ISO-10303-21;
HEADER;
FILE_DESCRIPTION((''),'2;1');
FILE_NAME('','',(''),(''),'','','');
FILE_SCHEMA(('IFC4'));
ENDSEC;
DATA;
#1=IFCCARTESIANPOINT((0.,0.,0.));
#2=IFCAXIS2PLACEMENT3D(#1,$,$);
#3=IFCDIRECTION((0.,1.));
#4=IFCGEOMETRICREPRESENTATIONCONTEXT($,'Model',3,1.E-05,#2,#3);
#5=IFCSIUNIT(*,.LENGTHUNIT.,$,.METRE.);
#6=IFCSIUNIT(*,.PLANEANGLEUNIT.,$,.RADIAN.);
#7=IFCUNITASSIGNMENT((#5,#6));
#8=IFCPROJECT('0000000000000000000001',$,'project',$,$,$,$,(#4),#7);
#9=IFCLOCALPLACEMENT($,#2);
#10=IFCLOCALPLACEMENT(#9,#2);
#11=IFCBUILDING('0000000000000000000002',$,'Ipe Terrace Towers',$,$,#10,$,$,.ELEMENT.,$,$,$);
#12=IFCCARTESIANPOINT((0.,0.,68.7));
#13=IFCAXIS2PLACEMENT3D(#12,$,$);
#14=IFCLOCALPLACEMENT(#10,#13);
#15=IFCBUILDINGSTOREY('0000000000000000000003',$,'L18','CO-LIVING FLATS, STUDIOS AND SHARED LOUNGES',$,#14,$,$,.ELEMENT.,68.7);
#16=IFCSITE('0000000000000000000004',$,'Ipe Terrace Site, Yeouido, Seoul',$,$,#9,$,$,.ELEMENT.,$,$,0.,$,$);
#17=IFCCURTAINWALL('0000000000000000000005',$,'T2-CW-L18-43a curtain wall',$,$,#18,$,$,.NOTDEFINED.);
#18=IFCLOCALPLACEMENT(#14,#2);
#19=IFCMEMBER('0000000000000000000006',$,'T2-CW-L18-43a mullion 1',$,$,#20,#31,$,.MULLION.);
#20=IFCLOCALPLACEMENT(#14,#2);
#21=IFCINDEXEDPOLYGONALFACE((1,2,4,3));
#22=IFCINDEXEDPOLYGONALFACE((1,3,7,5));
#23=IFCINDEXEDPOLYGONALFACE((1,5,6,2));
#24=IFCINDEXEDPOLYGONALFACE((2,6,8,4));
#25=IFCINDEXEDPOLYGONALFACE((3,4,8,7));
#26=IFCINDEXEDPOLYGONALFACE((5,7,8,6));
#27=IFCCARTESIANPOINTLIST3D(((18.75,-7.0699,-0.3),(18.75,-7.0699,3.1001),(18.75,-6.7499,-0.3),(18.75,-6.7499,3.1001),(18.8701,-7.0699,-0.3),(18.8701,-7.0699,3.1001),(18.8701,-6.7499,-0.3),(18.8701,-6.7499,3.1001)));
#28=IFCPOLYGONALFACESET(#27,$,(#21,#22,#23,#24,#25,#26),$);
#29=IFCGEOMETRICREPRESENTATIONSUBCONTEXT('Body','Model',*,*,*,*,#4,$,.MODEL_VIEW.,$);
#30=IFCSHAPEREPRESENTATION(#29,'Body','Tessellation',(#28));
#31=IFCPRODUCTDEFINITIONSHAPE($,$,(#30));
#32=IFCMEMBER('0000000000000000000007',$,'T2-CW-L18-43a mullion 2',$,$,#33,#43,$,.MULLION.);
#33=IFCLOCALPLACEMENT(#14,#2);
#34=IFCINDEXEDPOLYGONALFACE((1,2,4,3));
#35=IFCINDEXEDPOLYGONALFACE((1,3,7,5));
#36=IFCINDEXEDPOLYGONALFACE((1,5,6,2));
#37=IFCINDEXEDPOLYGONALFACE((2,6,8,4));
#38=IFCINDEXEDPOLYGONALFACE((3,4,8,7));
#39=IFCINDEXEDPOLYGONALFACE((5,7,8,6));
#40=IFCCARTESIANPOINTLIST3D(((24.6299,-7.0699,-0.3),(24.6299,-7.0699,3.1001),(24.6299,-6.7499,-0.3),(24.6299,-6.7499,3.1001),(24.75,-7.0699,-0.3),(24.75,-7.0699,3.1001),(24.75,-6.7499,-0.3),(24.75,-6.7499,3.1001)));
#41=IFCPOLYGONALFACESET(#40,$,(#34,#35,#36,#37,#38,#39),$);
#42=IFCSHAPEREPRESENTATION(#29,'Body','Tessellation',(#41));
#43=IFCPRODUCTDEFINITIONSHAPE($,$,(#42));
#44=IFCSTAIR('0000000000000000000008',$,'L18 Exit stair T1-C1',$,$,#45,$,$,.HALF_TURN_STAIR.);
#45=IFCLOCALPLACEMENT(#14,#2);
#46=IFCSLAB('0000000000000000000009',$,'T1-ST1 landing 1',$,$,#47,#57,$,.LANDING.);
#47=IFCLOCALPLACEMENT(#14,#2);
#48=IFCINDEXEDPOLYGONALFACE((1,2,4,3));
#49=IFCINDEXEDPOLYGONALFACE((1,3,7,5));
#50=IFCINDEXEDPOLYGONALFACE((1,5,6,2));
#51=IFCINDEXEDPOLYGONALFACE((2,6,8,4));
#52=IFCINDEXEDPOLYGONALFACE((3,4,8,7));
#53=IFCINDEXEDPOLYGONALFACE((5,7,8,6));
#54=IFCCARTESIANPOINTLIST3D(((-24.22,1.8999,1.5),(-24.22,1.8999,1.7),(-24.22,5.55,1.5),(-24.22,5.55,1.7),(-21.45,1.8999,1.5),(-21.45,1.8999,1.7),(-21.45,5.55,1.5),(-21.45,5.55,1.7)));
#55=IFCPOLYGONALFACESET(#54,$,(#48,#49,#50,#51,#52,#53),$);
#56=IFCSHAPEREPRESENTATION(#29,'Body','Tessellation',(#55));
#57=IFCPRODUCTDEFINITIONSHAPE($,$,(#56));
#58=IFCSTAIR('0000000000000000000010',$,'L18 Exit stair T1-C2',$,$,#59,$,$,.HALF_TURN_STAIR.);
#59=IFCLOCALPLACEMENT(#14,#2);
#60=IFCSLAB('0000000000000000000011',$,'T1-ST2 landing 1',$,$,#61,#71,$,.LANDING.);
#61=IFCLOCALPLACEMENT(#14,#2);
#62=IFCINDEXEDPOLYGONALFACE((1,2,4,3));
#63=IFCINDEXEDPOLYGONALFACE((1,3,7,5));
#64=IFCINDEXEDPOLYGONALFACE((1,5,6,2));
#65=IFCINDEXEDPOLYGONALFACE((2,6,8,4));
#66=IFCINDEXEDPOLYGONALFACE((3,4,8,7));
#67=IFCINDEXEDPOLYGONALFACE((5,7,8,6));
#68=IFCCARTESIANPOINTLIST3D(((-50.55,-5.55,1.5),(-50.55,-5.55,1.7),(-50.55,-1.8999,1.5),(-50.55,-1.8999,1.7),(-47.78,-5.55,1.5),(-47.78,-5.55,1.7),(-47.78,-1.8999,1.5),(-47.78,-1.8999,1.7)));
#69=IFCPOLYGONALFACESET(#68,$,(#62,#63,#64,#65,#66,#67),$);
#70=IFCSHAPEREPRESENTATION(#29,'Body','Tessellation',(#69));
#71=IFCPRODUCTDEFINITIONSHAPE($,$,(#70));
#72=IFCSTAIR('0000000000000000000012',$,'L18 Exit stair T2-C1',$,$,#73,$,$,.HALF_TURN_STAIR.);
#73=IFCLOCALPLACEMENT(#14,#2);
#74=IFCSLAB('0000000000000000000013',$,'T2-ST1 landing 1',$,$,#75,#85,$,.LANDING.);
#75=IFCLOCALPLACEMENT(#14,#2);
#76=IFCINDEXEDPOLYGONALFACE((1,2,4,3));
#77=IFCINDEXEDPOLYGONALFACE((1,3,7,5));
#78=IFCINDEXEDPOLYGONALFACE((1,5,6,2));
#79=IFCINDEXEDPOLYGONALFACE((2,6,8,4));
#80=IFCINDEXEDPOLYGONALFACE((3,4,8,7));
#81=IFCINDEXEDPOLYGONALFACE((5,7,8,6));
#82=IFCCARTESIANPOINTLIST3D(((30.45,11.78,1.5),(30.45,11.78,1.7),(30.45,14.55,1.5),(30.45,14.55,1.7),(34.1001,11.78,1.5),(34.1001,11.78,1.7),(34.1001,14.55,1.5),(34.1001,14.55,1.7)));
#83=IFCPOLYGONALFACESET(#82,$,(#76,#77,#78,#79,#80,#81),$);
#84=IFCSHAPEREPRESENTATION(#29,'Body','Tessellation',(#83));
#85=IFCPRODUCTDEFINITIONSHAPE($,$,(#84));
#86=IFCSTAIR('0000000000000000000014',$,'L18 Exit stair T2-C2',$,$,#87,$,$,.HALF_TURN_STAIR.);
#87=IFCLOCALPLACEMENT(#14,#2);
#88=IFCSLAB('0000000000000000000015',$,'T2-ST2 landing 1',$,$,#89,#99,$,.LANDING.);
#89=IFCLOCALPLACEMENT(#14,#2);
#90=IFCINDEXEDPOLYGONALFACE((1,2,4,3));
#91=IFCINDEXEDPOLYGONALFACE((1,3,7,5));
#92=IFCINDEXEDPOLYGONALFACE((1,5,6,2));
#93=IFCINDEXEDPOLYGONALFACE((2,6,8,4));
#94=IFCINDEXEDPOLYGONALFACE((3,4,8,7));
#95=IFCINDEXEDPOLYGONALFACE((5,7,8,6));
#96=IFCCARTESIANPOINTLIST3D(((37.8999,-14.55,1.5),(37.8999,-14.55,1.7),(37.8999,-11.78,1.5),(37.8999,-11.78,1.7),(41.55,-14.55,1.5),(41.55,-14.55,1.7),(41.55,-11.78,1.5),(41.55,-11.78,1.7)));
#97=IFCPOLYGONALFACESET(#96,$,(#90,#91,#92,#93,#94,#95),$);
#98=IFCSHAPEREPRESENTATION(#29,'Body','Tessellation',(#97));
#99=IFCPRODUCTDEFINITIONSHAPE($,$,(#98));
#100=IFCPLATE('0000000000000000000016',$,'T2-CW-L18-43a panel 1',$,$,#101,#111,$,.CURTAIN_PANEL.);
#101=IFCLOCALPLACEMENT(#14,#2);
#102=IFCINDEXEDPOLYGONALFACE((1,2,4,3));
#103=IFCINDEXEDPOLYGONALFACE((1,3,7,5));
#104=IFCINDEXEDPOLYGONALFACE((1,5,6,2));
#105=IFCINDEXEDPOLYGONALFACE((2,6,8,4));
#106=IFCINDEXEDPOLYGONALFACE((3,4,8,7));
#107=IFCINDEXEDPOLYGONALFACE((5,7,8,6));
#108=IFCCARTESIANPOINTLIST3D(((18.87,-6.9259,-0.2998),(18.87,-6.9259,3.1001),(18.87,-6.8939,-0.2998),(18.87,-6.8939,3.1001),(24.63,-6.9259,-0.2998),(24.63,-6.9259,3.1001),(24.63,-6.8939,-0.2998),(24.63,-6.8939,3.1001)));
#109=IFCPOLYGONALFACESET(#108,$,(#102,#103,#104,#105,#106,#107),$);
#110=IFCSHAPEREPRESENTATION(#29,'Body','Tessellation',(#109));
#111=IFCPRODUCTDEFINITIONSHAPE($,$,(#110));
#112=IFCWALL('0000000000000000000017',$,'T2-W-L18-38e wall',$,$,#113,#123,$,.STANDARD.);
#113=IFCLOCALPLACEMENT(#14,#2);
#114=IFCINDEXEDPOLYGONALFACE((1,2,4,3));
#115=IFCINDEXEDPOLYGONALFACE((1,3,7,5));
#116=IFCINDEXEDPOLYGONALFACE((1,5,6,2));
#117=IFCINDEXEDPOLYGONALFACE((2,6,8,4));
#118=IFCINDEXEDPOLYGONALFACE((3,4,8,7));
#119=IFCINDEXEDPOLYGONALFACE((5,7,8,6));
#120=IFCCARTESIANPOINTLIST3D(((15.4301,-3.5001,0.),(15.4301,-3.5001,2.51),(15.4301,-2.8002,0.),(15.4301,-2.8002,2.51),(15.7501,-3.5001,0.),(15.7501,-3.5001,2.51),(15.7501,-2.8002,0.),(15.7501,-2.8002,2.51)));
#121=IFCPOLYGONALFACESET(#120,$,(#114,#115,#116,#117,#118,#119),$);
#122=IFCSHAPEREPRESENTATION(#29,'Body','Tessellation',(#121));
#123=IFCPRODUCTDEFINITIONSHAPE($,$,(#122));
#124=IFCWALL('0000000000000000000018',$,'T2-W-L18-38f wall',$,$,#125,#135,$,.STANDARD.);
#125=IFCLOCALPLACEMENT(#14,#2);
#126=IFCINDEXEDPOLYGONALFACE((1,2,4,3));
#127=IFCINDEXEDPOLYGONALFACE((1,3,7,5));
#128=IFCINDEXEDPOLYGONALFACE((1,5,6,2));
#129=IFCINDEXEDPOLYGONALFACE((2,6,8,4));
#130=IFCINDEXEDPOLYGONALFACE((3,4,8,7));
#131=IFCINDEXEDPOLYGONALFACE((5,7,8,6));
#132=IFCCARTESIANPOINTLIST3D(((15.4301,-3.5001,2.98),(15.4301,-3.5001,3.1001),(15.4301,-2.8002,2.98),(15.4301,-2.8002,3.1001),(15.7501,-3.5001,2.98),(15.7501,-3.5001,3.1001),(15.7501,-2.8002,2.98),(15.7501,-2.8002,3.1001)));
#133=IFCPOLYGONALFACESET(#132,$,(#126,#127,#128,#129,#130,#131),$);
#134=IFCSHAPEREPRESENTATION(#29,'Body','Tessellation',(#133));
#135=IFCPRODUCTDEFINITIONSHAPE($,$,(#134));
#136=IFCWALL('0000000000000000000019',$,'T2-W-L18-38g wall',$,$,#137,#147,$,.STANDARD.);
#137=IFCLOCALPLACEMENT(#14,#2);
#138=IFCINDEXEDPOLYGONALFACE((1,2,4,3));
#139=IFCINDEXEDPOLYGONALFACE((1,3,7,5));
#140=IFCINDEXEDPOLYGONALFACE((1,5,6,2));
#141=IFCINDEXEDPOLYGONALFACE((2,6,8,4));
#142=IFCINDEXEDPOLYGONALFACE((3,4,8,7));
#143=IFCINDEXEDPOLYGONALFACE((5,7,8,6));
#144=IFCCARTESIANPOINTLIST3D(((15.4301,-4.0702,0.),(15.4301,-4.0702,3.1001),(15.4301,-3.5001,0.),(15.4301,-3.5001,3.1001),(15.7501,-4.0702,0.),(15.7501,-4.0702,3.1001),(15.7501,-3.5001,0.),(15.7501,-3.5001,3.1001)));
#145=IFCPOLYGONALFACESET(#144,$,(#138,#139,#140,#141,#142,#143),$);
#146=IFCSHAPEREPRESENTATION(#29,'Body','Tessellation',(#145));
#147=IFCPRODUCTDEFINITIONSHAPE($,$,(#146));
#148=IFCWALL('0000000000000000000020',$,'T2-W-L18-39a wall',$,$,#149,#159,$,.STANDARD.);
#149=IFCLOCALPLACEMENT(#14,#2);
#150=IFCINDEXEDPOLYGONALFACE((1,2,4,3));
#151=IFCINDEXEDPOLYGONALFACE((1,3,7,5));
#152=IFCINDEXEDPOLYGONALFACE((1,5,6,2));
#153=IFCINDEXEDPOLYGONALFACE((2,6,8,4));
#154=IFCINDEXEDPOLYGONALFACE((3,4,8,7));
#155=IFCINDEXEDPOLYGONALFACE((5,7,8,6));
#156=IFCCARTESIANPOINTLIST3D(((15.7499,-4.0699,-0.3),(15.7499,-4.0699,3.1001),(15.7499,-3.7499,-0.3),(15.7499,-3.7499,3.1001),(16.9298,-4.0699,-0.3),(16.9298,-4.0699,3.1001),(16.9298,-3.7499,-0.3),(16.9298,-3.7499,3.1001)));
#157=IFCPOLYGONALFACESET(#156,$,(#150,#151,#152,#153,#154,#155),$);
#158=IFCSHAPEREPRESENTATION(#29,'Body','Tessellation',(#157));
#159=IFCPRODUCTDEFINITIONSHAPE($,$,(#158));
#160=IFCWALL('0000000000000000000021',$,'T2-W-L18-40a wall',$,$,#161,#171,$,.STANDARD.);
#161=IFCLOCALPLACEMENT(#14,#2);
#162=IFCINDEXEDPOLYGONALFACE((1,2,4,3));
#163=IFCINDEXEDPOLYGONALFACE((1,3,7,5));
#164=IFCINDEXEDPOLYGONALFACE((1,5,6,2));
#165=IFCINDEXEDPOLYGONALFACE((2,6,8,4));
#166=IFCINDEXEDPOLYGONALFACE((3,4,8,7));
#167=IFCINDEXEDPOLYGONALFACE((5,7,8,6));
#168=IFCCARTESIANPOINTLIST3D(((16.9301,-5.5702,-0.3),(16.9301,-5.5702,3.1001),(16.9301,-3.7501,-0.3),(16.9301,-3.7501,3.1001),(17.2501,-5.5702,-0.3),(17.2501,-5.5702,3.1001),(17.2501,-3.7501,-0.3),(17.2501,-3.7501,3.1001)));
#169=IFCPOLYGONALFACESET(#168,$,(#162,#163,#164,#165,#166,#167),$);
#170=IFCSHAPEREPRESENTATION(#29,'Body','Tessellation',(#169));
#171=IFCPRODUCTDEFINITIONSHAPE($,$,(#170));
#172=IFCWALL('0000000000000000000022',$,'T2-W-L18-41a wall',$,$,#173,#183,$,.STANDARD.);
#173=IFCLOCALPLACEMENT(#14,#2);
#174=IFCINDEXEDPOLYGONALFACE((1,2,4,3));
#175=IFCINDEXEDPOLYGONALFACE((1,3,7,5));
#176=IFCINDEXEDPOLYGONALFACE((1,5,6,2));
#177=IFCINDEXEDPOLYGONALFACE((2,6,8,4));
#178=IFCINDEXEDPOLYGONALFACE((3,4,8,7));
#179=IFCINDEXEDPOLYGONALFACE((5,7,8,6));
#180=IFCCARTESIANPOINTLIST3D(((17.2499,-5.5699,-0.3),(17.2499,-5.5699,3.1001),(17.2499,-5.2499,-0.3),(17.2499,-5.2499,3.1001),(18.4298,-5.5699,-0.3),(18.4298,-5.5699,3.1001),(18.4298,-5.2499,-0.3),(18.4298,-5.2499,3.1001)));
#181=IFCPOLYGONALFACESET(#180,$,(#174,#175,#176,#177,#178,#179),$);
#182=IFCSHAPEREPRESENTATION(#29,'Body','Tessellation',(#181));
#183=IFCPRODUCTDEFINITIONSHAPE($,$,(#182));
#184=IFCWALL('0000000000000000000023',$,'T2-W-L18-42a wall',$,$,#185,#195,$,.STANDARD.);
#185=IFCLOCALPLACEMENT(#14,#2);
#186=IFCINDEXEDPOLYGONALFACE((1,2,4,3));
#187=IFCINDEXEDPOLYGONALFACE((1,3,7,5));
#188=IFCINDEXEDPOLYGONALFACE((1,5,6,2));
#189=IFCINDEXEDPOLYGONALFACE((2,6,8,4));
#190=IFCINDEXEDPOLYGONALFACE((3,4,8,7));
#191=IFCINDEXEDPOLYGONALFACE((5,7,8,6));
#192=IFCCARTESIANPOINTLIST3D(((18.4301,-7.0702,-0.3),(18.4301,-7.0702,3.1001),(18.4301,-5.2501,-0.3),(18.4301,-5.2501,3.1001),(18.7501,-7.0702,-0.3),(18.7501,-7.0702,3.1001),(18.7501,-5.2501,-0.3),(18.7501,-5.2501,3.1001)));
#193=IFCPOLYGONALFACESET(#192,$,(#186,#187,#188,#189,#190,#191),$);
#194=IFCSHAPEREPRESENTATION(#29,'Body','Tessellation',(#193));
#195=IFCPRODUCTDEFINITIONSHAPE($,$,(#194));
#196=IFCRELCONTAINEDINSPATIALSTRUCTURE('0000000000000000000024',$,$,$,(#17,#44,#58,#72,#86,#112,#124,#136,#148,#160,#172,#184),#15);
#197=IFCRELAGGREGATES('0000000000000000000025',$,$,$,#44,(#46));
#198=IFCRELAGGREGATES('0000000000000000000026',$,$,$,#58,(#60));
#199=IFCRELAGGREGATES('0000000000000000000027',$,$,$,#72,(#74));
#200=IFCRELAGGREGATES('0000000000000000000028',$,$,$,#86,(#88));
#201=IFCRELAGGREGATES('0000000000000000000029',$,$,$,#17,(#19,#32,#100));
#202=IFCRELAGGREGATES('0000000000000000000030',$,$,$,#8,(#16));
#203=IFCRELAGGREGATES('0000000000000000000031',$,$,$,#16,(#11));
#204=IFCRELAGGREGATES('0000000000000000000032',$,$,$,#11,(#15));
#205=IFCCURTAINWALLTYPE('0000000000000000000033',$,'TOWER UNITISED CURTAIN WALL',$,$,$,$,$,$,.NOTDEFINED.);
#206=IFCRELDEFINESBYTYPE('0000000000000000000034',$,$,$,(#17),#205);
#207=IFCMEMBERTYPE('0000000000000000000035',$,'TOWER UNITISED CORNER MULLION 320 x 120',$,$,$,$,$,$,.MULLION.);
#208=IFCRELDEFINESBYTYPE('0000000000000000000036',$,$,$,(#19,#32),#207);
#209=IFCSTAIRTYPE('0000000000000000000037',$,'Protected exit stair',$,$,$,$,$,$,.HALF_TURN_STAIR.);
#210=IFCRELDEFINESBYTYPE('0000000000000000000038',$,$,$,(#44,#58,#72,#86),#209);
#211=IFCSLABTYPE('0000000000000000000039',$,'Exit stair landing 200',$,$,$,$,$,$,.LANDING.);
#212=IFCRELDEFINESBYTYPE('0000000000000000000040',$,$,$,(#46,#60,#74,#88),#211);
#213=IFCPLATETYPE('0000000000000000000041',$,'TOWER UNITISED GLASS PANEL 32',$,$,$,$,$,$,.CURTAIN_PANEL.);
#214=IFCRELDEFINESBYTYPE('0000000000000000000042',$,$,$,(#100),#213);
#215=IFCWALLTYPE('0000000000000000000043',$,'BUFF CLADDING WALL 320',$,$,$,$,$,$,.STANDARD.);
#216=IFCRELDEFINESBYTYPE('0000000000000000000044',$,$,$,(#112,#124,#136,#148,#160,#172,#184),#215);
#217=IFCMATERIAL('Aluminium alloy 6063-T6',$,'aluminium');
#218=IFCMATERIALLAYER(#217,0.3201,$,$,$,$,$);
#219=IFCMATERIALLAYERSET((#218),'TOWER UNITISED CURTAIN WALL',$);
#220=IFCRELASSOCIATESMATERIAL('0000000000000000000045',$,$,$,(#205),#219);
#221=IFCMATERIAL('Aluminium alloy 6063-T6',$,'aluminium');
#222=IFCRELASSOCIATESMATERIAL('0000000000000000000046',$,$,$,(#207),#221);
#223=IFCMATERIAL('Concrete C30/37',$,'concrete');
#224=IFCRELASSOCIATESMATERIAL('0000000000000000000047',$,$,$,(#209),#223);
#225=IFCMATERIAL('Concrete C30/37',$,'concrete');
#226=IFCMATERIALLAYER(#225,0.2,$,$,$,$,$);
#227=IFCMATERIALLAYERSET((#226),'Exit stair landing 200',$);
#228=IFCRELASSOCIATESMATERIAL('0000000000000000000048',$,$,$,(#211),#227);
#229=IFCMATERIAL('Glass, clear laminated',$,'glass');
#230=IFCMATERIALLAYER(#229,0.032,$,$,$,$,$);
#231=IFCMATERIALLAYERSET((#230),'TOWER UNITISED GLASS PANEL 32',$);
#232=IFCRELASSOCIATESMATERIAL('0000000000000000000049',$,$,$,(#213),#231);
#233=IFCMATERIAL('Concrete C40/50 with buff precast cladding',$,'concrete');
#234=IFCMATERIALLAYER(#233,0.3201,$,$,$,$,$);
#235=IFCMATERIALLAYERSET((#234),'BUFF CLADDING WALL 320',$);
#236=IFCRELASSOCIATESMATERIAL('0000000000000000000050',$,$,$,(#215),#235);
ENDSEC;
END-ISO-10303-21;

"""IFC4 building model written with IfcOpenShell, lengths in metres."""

from ifc_helpers import new_model, si_unit, direction, frame, frame_2d, origin, origin_2d, place, context, subcontext, project, spatial, polyline, rectangle, outline, extrude, material, layer, layer_set, material_profile, profile_set, type_object, element, aggregate, save


model = new_model("IFC4")

# Units and contexts
model_context = context("Model", 3, precision=1e-05, world=origin(), true_north=direction((0.0, 1.0)))
body_context = subcontext(model_context, "Body", "Model", "MODEL_VIEW")
ifc_project = project(units=[si_unit("LENGTHUNIT", "METRE"), si_unit("PLANEANGLEUNIT", "RADIAN")], contexts=[model_context])

# Site, building, storey
site_placement = place(None, origin())
site = spatial("IfcSite", under=ifc_project, at=site_placement, Name="Ipe Terrace Site, Yeouido, Seoul", CompositionType="ELEMENT", RefElevation=0.0)
building_placement = place(site_placement, origin())
building = spatial("IfcBuilding", under=site, at=building_placement, Name="Ipe Terrace Towers", CompositionType="ELEMENT")
storey_placement = place(building_placement, frame((0.0, 0.0, 68.7)))
storey = spatial("IfcBuildingStorey", under=building, at=storey_placement, Name="L18", Description="CO-LIVING FLATS, STUDIOS AND SHARED LOUNGES", CompositionType="ELEMENT", Elevation=68.7)

# Shared definitions
ifc_material_1 = material(Name="Aluminium alloy 6063-T6", Category="aluminium")
ifc_layer_1 = layer(ifc_material_1, 0.3201)
ifc_layer_set_1 = layer_set([ifc_layer_1], Name="TOWER UNITISED CURTAIN WALL")
curtain_wall_type = type_object("IfcCurtainWallType", Name="TOWER UNITISED CURTAIN WALL", PredefinedType="NOTDEFINED", material=ifc_layer_set_1)
ifc_material_2 = material(Name="Aluminium alloy 6063-T6", Category="aluminium")
ifc_material_profile_1 = material_profile(ifc_material_2, rectangle(XDim=0.3201, YDim=0.1201, at=origin_2d()), Name="TOWER UNITISED CORNER MULLION 320 x 120")
ifc_profile_set_1 = profile_set([ifc_material_profile_1], Name="Aluminium alloy 6063-T6")
member_type_1 = type_object("IfcMemberType", Name="TOWER UNITISED CORNER MULLION 320 x 120", PredefinedType="MULLION", material=ifc_profile_set_1)

# Curtain wall, members
curtain_wall_1_placement = place(storey_placement, origin())
curtain_wall_1 = element("IfcCurtainWall", 1, at=curtain_wall_1_placement, inside=storey, type_object=curtain_wall_type, Name="T2-CW-L18-43a curtain wall", PredefinedType="NOTDEFINED")
member_1_placement = place(storey_placement, frame((18.8101, -6.9099, -0.3), z_axis=(0.0, 0.0, 1.0), x_axis=(0.0, -1.0, 0.0)))
member_1 = element("IfcMember", 2, at=member_1_placement, type_object=member_type_1, Name="T2-CW-L18-43a mullion 1", PredefinedType="MULLION", context=body_context, shape_type="SweptSolid", body=[
    extrude(rectangle(XDim=0.3201, YDim=0.1201, at=origin_2d()), origin(), (0.0, 0.0, 1.0), 3.4001),
])
member_2_placement = place(storey_placement, frame((24.6899, -6.9099, -0.3), z_axis=(0.0, 0.0, 1.0), x_axis=(0.0, -1.0, 0.0)))
member_2 = element("IfcMember", 3, at=member_2_placement, type_object=member_type_1, Name="T2-CW-L18-43a mullion 2", PredefinedType="MULLION", context=body_context, shape_type="SweptSolid", body=[
    extrude(rectangle(XDim=0.3201, YDim=0.1201, at=origin_2d()), origin(), (0.0, 0.0, 1.0), 3.4001),
])

# Stairs, slabs
ifc_material_3 = material(Name="Concrete C30/37", Category="concrete")
stair_type = type_object("IfcStairType", Name="Protected exit stair", PredefinedType="HALF_TURN_STAIR", material=ifc_material_3)
stair_1_placement = place(storey_placement, origin())
stair_1 = element("IfcStair", 4, at=stair_1_placement, inside=storey, type_object=stair_type, Name="L18 Exit stair T1-C1", PredefinedType="HALF_TURN_STAIR")
ifc_material_4 = material(Name="Concrete C30/37", Category="concrete")
ifc_layer_2 = layer(ifc_material_4, 0.2)
ifc_layer_set_2 = layer_set([ifc_layer_2], Name="Exit stair landing 200")
slab_type = type_object("IfcSlabType", Name="Exit stair landing 200", PredefinedType="LANDING", material=ifc_layer_set_2)
slab_1_placement = place(storey_placement, frame((0.0, 0.0, 1.5)))
slab_1 = element("IfcSlab", 5, at=slab_1_placement, type_object=slab_type, Name="T1-ST1 landing 1", PredefinedType="LANDING", context=body_context, shape_type="SweptSolid", body=[
    extrude(outline(polyline([(-24.22, 1.8999), (-21.45, 1.8999), (-21.45, 5.55), (-24.22, 5.55), (-24.22, 1.8999)])), origin(), (0.0, 0.0, 1.0), 0.2),
])
aggregate(stair_1, [slab_1])
stair_2_placement = place(storey_placement, origin())
stair_2 = element("IfcStair", 6, at=stair_2_placement, inside=storey, type_object=stair_type, Name="L18 Exit stair T1-C2", PredefinedType="HALF_TURN_STAIR")
slab_2_placement = place(storey_placement, frame((0.0, 0.0, 1.5)))
slab_2 = element("IfcSlab", 7, at=slab_2_placement, type_object=slab_type, Name="T1-ST2 landing 1", PredefinedType="LANDING", context=body_context, shape_type="SweptSolid", body=[
    extrude(outline(polyline([(-47.78, -1.8999), (-50.55, -1.8999), (-50.55, -5.55), (-47.78, -5.55), (-47.78, -1.8999)])), origin(), (0.0, 0.0, 1.0), 0.2),
])
aggregate(stair_2, [slab_2])
stair_3_placement = place(storey_placement, origin())
stair_3 = element("IfcStair", 8, at=stair_3_placement, inside=storey, type_object=stair_type, Name="L18 Exit stair T2-C1", PredefinedType="HALF_TURN_STAIR")
slab_3_placement = place(storey_placement, frame((0.0, 0.0, 1.5)))
slab_3 = element("IfcSlab", 9, at=slab_3_placement, type_object=slab_type, Name="T2-ST1 landing 1", PredefinedType="LANDING", context=body_context, shape_type="SweptSolid", body=[
    extrude(outline(polyline([(34.1001, 11.78), (34.1001, 14.55), (30.45, 14.55), (30.45, 11.78), (34.1001, 11.78)])), origin(), (0.0, 0.0, 1.0), 0.2),
])
aggregate(stair_3, [slab_3])
stair_4_placement = place(storey_placement, origin())
stair_4 = element("IfcStair", 10, at=stair_4_placement, inside=storey, type_object=stair_type, Name="L18 Exit stair T2-C2", PredefinedType="HALF_TURN_STAIR")
slab_4_placement = place(storey_placement, frame((0.0, 0.0, 1.5)))
slab_4 = element("IfcSlab", 11, at=slab_4_placement, type_object=slab_type, Name="T2-ST2 landing 1", PredefinedType="LANDING", context=body_context, shape_type="SweptSolid", body=[
    extrude(outline(polyline([(37.8999, -11.78), (37.8999, -14.55), (41.55, -14.55), (41.55, -11.78), (37.8999, -11.78)])), origin(), (0.0, 0.0, 1.0), 0.2),
])
aggregate(stair_4, [slab_4])

# Plate
ifc_material_5 = material(Name="Glass, clear laminated", Category="glass")
ifc_layer_3 = layer(ifc_material_5, 0.032)
ifc_layer_set_3 = layer_set([ifc_layer_3], Name="TOWER UNITISED GLASS PANEL 32")
plate_type = type_object("IfcPlateType", Name="TOWER UNITISED GLASS PANEL 32", PredefinedType="CURTAIN_PANEL", material=ifc_layer_set_3)
plate_placement = place(storey_placement, frame((21.75, -6.9099, -0.2998), z_axis=(0.0, 0.0, 1.0), x_axis=(1.0, 0.0, 0.0)))
plate = element("IfcPlate", 12, at=plate_placement, type_object=plate_type, Name="T2-CW-L18-43a panel 1", PredefinedType="CURTAIN_PANEL", context=body_context, shape_type="SweptSolid", body=[
    extrude(rectangle(XDim=5.76, YDim=0.032, at=origin_2d()), origin(), (0.0, 0.0, 1.0), 3.3999),
])
aggregate(curtain_wall_1, [member_1, member_2, plate])

# Walls
ifc_material_6 = material(Name="Concrete C40/50 with buff precast cladding", Category="concrete")
ifc_layer_4 = layer(ifc_material_6, 0.3201)
ifc_layer_set_4 = layer_set([ifc_layer_4], Name="BUFF CLADDING WALL 320")
wall_type_1 = type_object("IfcWallType", Name="BUFF CLADDING WALL 320", PredefinedType="STANDARD", material=ifc_layer_set_4)
wall_1_placement = place(storey_placement, frame((15.5901, -2.8, 0.0), z_axis=(0.0, 0.0, 1.0), x_axis=(0.0, -1.0, 0.0)))
element("IfcWall", 13, at=wall_1_placement, inside=storey, type_object=wall_type_1, Name="T2-W-L18-38e wall", PredefinedType="STANDARD", context=body_context, shape_type="SweptSolid", body=[
    extrude(rectangle(XDim=0.7, YDim=0.3201, at=frame_2d((0.3501, 0.0))), origin(), (0.0, 0.0, 1.0), 2.51),
])
wall_2_placement = place(storey_placement, frame((15.5901, -2.8, 2.98), z_axis=(0.0, 0.0, 1.0), x_axis=(0.0, -1.0, 0.0)))
element("IfcWall", 14, at=wall_2_placement, inside=storey, type_object=wall_type_1, Name="T2-W-L18-38f wall", PredefinedType="STANDARD", context=body_context, shape_type="SweptSolid", body=[
    extrude(rectangle(XDim=0.7, YDim=0.3201, at=frame_2d((0.3501, 0.0))), origin(), (0.0, 0.0, 1.0), 0.1201),
])
wall_3_placement = place(storey_placement, frame((15.5901, -3.5, 0.0), z_axis=(0.0, 0.0, 1.0), x_axis=(0.0, -1.0, 0.0)))
element("IfcWall", 15, at=wall_3_placement, inside=storey, type_object=wall_type_1, Name="T2-W-L18-38g wall", PredefinedType="STANDARD", context=body_context, shape_type="SweptSolid", body=[
    extrude(rectangle(XDim=0.5701, YDim=0.3201, at=frame_2d((0.2852, 0.0))), origin(), (0.0, 0.0, 1.0), 3.1001),
])
wall_4_placement = place(storey_placement, frame((15.75, -3.9099, -0.3), z_axis=(0.0, 0.0, 1.0), x_axis=(1.0, 0.0, 0.0)))
element("IfcWall", 16, at=wall_4_placement, inside=storey, type_object=wall_type_1, Name="T2-W-L18-39a wall", PredefinedType="STANDARD", context=body_context, shape_type="SweptSolid", body=[
    extrude(rectangle(XDim=1.1799, YDim=0.3201, at=frame_2d((0.5898, 0.0))), origin(), (0.0, 0.0, 1.0), 3.4001),
])
wall_5_placement = place(storey_placement, frame((17.0901, -3.75, -0.3), z_axis=(0.0, 0.0, 1.0), x_axis=(0.0, -1.0, 0.0)))
element("IfcWall", 17, at=wall_5_placement, inside=storey, type_object=wall_type_1, Name="T2-W-L18-40a wall", PredefinedType="STANDARD", context=body_context, shape_type="SweptSolid", body=[
    extrude(rectangle(XDim=1.8201, YDim=0.3201, at=frame_2d((0.9102, 0.0))), origin(), (0.0, 0.0, 1.0), 3.4001),
])
wall_6_placement = place(storey_placement, frame((17.25, -5.4099, -0.3), z_axis=(0.0, 0.0, 1.0), x_axis=(1.0, 0.0, 0.0)))
element("IfcWall", 18, at=wall_6_placement, inside=storey, type_object=wall_type_1, Name="T2-W-L18-41a wall", PredefinedType="STANDARD", context=body_context, shape_type="SweptSolid", body=[
    extrude(rectangle(XDim=1.1799, YDim=0.3201, at=frame_2d((0.5898, 0.0))), origin(), (0.0, 0.0, 1.0), 3.4001),
])
wall_7_placement = place(storey_placement, frame((18.5901, -5.25, -0.3), z_axis=(0.0, 0.0, 1.0), x_axis=(0.0, -1.0, 0.0)))
element("IfcWall", 19, at=wall_7_placement, inside=storey, type_object=wall_type_1, Name="T2-W-L18-42a wall", PredefinedType="STANDARD", context=body_context, shape_type="SweptSolid", body=[
    extrude(rectangle(XDim=1.8201, YDim=0.3201, at=frame_2d((0.9102, 0.0))), origin(), (0.0, 0.0, 1.0), 3.4001),
])

save(model, "model.ifc")
